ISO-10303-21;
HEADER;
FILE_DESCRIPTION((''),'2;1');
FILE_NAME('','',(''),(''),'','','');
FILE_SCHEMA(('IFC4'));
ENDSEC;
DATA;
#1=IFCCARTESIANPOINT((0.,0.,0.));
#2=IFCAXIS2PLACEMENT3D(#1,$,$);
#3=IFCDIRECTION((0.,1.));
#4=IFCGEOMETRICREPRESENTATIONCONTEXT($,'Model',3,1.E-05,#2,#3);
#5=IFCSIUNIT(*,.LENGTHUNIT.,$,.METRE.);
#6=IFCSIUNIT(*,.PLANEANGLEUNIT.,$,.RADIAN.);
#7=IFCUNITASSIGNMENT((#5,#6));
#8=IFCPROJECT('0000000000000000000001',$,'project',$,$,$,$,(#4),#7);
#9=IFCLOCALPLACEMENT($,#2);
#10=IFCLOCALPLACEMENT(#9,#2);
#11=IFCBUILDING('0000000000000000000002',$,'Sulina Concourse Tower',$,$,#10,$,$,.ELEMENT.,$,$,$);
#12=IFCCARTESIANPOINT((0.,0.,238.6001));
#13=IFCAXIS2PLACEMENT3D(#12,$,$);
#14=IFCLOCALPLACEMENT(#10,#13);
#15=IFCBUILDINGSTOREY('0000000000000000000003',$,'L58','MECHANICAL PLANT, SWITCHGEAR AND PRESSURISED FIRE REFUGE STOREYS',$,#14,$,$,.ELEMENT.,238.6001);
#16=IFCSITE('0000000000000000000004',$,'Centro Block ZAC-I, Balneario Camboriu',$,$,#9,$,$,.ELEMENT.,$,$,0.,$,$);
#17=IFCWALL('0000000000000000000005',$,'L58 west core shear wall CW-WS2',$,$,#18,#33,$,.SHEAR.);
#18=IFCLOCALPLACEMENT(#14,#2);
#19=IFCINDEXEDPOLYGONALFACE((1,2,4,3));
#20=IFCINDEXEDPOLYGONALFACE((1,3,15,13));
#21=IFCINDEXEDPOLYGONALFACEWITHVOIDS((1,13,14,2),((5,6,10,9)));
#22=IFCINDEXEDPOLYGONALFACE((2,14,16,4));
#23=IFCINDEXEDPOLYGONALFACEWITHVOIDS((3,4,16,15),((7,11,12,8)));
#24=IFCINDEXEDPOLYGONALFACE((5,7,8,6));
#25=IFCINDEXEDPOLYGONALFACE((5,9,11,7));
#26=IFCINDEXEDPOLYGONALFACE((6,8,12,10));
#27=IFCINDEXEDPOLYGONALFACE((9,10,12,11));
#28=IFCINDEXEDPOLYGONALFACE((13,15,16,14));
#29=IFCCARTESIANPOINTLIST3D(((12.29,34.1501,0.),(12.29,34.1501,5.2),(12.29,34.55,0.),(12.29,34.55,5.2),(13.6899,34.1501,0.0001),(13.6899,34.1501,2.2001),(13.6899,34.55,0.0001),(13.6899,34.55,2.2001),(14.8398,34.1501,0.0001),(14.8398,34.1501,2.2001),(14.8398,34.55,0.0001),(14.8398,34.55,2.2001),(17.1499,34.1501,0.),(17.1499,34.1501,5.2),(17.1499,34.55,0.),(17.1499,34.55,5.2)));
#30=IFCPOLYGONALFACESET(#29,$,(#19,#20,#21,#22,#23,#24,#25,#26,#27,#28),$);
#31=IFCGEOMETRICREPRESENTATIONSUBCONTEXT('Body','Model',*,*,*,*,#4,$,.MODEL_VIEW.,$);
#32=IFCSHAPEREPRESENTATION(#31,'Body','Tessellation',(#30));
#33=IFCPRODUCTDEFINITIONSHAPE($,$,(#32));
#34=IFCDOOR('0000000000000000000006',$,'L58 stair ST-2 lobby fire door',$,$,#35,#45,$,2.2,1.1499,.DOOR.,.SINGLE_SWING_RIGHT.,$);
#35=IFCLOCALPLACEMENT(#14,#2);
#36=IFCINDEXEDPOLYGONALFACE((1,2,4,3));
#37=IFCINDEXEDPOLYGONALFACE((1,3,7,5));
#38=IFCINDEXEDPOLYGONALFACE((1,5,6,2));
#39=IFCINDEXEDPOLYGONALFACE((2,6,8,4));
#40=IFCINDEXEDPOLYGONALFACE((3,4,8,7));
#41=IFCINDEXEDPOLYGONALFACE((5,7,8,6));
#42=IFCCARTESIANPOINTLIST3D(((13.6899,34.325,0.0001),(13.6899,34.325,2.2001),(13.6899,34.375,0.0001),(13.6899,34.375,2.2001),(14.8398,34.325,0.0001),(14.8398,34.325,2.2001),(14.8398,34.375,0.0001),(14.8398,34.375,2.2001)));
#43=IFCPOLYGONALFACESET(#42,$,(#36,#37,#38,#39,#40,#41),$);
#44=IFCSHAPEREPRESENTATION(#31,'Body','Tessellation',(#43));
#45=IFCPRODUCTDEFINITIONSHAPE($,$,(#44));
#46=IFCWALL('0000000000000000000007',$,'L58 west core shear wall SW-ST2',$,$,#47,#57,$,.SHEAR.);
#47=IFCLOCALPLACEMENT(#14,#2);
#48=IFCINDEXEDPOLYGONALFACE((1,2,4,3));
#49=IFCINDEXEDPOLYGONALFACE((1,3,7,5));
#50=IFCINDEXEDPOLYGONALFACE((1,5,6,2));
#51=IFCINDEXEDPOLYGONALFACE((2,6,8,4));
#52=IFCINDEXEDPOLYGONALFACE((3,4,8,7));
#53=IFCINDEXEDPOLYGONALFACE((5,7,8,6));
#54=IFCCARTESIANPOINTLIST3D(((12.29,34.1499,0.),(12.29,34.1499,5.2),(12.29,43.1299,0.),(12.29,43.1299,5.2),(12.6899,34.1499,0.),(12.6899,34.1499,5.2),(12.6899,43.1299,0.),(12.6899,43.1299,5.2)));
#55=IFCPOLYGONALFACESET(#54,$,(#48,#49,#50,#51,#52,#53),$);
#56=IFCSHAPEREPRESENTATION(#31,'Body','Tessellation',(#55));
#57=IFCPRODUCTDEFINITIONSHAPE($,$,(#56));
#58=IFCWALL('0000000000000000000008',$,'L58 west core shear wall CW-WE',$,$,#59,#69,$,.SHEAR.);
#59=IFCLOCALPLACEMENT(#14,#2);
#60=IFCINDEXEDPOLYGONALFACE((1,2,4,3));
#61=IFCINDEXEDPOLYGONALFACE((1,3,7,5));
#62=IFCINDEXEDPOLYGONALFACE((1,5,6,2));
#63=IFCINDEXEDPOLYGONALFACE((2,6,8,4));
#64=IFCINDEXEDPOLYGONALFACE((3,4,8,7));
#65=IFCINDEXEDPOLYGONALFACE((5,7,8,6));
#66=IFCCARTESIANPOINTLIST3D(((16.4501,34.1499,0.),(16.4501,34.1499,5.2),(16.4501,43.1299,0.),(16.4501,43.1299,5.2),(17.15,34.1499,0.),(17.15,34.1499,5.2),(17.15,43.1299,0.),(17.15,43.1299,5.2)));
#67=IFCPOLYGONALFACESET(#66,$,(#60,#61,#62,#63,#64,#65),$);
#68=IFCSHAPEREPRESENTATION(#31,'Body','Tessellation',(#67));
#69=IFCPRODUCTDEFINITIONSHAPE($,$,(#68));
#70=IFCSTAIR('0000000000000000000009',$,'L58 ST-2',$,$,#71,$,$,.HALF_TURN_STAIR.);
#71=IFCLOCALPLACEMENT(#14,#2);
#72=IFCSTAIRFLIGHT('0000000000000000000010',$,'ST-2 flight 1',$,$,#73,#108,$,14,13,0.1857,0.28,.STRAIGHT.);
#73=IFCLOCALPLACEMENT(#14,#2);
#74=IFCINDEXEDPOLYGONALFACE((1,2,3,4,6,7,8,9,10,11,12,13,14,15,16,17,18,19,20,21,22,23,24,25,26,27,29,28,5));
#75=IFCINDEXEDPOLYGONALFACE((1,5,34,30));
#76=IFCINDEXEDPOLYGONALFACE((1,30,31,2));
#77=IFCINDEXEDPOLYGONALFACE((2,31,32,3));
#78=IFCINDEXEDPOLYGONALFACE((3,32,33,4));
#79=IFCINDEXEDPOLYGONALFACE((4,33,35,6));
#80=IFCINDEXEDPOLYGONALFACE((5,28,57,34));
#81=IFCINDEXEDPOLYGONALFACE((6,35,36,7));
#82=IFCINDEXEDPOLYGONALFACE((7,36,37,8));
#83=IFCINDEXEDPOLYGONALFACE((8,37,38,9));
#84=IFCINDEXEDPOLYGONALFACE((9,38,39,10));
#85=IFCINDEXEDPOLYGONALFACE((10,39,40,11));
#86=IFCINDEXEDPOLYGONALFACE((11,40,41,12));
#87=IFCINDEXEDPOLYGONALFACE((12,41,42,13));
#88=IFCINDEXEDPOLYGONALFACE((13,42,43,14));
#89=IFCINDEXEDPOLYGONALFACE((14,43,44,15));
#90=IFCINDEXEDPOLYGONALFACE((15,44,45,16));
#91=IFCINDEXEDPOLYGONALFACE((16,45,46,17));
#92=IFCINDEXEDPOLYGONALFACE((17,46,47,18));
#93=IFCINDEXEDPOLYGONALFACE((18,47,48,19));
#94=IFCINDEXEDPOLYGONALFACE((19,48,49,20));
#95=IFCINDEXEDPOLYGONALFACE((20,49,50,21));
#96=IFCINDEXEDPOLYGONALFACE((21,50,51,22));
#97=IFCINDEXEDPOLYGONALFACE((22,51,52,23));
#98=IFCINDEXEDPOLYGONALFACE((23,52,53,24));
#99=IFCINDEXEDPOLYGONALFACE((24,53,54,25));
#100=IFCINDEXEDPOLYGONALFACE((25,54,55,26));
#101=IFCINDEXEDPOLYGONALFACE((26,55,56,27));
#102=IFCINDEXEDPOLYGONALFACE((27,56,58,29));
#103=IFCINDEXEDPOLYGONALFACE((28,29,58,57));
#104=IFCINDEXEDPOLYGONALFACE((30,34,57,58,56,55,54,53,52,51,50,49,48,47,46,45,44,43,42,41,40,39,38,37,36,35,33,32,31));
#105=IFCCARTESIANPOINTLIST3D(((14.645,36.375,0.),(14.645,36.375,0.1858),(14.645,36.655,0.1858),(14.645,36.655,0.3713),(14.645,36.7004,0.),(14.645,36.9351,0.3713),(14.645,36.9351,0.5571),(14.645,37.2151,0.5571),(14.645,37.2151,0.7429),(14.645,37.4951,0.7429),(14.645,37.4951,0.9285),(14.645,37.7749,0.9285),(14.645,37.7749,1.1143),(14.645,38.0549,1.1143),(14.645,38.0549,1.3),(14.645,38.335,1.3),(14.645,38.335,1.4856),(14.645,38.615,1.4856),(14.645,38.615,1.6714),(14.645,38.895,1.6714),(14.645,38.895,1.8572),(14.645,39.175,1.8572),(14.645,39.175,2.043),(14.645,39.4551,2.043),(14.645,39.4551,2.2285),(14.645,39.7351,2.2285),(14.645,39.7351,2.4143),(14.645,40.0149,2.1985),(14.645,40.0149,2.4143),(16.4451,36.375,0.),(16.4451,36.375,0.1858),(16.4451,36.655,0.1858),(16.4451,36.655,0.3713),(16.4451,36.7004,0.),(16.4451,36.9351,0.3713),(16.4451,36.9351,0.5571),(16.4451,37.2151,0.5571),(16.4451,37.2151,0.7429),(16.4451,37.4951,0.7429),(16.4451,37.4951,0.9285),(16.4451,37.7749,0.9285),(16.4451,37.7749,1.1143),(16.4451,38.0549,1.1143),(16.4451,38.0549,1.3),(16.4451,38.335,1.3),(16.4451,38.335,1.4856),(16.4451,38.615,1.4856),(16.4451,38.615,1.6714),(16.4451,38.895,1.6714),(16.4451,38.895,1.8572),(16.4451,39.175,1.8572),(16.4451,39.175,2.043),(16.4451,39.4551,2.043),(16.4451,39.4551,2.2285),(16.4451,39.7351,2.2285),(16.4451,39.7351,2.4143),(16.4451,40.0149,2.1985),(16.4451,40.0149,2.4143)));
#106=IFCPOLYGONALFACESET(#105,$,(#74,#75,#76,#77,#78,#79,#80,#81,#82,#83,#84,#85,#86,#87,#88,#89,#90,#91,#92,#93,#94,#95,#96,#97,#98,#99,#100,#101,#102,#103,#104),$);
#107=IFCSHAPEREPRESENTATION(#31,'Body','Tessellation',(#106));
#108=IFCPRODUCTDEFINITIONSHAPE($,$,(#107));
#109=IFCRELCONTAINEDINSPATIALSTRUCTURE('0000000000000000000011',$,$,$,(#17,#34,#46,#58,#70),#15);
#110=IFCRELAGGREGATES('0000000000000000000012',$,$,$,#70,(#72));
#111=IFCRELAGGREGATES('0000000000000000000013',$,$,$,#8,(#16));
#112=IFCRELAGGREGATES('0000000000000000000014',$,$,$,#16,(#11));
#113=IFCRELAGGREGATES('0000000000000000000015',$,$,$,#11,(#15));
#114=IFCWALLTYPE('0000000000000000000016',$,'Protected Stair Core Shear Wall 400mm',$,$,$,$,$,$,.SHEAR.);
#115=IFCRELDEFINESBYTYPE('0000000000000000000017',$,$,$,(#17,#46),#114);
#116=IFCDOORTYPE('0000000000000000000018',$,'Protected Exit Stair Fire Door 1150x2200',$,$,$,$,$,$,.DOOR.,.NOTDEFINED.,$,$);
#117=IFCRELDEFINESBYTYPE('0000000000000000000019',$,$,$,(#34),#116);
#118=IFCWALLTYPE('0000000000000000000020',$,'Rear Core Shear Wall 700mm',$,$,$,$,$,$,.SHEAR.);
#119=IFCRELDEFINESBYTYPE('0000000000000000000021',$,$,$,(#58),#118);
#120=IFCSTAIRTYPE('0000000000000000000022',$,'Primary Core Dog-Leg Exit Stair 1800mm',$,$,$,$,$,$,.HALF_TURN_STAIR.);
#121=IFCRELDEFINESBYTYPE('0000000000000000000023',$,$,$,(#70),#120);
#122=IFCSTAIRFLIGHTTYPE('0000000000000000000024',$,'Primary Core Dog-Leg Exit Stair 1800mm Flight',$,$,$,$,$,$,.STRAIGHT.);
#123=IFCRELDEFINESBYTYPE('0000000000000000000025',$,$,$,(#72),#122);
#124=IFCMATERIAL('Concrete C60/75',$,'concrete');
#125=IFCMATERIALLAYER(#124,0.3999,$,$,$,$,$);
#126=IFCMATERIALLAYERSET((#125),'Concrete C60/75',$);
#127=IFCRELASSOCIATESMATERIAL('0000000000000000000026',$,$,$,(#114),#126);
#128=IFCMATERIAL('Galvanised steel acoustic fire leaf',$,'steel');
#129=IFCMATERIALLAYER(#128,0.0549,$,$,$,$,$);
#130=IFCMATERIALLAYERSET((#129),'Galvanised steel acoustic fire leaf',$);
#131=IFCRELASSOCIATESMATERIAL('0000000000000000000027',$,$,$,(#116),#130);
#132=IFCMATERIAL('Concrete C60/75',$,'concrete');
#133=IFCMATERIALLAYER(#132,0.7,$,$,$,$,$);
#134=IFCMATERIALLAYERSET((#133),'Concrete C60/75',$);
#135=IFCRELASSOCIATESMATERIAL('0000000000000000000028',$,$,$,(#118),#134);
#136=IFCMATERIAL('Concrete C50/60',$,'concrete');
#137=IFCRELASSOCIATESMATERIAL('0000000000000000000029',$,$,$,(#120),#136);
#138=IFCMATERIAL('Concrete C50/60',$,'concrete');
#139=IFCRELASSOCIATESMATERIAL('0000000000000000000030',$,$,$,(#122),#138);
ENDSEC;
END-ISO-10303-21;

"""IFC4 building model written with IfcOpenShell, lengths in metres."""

from ifc_helpers import new_model, si_unit, direction, frame, frame_2d, origin, place, context, subcontext, project, spatial, polyline, rectangle, outline, extrude, material, layer, layer_set, type_object, element, fill, aggregate, save


model = new_model("IFC4")

# Units and contexts
model_context = context("Model", 3, precision=1e-05, world=origin(), true_north=direction((0.0, 1.0)))
body_context = subcontext(model_context, "Body", "Model", "MODEL_VIEW")
ifc_project = project(units=[si_unit("LENGTHUNIT", "METRE"), si_unit("PLANEANGLEUNIT", "RADIAN")], contexts=[model_context])

# Site, building, storey
site_placement = place(None, origin())
site = spatial("IfcSite", under=ifc_project, at=site_placement, Name="Centro Block ZAC-I, Balneario Camboriu", CompositionType="ELEMENT", RefElevation=0.0)
building_placement = place(site_placement, origin())
building = spatial("IfcBuilding", under=site, at=building_placement, Name="Sulina Concourse Tower", CompositionType="ELEMENT")
storey_placement = place(building_placement, frame((0.0, 0.0, 238.6001)))
storey = spatial("IfcBuildingStorey", under=building, at=storey_placement, Name="L58", Description="MECHANICAL PLANT, SWITCHGEAR AND PRESSURISED FIRE REFUGE STOREYS", CompositionType="ELEMENT", Elevation=238.6001)

# Wall, opening, door
ifc_material_1 = material(Name="Concrete C60/75", Category="concrete")
ifc_layer_1 = layer(ifc_material_1, 0.3999)
ifc_layer_set_1 = layer_set([ifc_layer_1], Name="Concrete C60/75")
wall_type_1 = type_object("IfcWallType", Name="Protected Stair Core Shear Wall 400mm", PredefinedType="SHEAR", material=ifc_layer_set_1)
wall_1_placement = place(storey_placement, frame((12.29, 34.3501, 0.0), z_axis=(0.0, 0.0, 1.0), x_axis=(1.0, 0.0, 0.0)))
wall_1 = element("IfcWall", 1, at=wall_1_placement, inside=storey, type_object=wall_type_1, Name="L58 west core shear wall CW-WS2", PredefinedType="SHEAR", context=body_context, shape_type="SweptSolid", body=[
    extrude(rectangle(XDim=4.8599, YDim=0.3999, at=frame_2d((2.4299, 0.0))), origin(), (0.0, 0.0, 1.0), 5.2),
])
opening_1_placement = place(wall_1_placement, frame((1.3999, 0.0, 0.0)))
opening_1 = element("IfcOpeningElement", 2, at=opening_1_placement, cuts=wall_1, PredefinedType="OPENING", context=body_context, shape_type="SweptSolid", body=[
    extrude(rectangle(XDim=1.1499, YDim=2.2, at=frame_2d((0.575, 1.1001))), frame((0.0, 0.21, 0.0), z_axis=(0.0, -1.0, 0.0), x_axis=(1.0, 0.0, 0.0)), (0.0, 0.0, 1.0), 0.4199),
])
ifc_material_2 = material(Name="Galvanised steel acoustic fire leaf", Category="steel")
ifc_layer_2 = layer(ifc_material_2, 0.0549)
ifc_layer_set_2 = layer_set([ifc_layer_2], Name="Galvanised steel acoustic fire leaf")
door_type_1 = type_object("IfcDoorType", Name="Protected Exit Stair Fire Door 1150x2200", OperationType="NOTDEFINED", PredefinedType="DOOR", material=ifc_layer_set_2)
door_1_placement = place(opening_1_placement, origin())
door_1 = element("IfcDoor", 3, at=door_1_placement, inside=storey, type_object=door_type_1, Name="L58 stair ST-2 lobby fire door", OperationType="SINGLE_SWING_RIGHT", OverallHeight=2.2, OverallWidth=1.1499, PredefinedType="DOOR", context=body_context, shape_type="SweptSolid", body=[
    extrude(rectangle(XDim=1.1499, YDim=2.2, at=frame_2d((0.575, 1.1001))), frame((0.0, 0.0249, 0.0), z_axis=(0.0, -1.0, 0.0), x_axis=(1.0, 0.0, 0.0)), (0.0, 0.0, 1.0), 0.05),
])
fill(opening_1, door_1)

# Walls
wall_2_placement = place(storey_placement, frame((12.49, 34.1499, 0.0), z_axis=(0.0, 0.0, 1.0), x_axis=(0.0, 1.0, 0.0)))
element("IfcWall", 4, at=wall_2_placement, inside=storey, type_object=wall_type_1, Name="L58 west core shear wall SW-ST2", PredefinedType="SHEAR", context=body_context, shape_type="SweptSolid", body=[
    extrude(rectangle(XDim=8.98, YDim=0.3999, at=frame_2d((4.49, 0.0))), origin(), (0.0, 0.0, 1.0), 5.2),
])
ifc_material_3 = material(Name="Concrete C60/75", Category="concrete")
ifc_layer_3 = layer(ifc_material_3, 0.7)
ifc_layer_set_3 = layer_set([ifc_layer_3], Name="Concrete C60/75")
wall_type_2 = type_object("IfcWallType", Name="Rear Core Shear Wall 700mm", PredefinedType="SHEAR", material=ifc_layer_set_3)
wall_3_placement = place(storey_placement, frame((16.8, 34.1499, 0.0), z_axis=(0.0, 0.0, 1.0), x_axis=(0.0, 1.0, 0.0)))
element("IfcWall", 5, at=wall_3_placement, inside=storey, type_object=wall_type_2, Name="L58 west core shear wall CW-WE", PredefinedType="SHEAR", context=body_context, shape_type="SweptSolid", body=[
    extrude(rectangle(XDim=8.98, YDim=0.7, at=frame_2d((4.49, 0.0))), origin(), (0.0, 0.0, 1.0), 5.2),
])

# Stair, stair flight
ifc_material_4 = material(Name="Concrete C50/60", Category="concrete")
stair_type = type_object("IfcStairType", Name="Primary Core Dog-Leg Exit Stair 1800mm", PredefinedType="HALF_TURN_STAIR", material=ifc_material_4)
stair_placement = place(storey_placement, origin())
stair = element("IfcStair", 6, at=stair_placement, inside=storey, type_object=stair_type, Name="L58 ST-2", PredefinedType="HALF_TURN_STAIR")
ifc_material_5 = material(Name="Concrete C50/60", Category="concrete")
stair_flight_type = type_object("IfcStairFlightType", Name="Primary Core Dog-Leg Exit Stair 1800mm Flight", PredefinedType="STRAIGHT", material=ifc_material_5)
stair_flight_placement = place(storey_placement, frame((15.5449, 36.375, 0.0), z_axis=(0.0, 0.0, 1.0), x_axis=(0.0, 1.0, 0.0)))
stair_flight = element("IfcStairFlight", 7, at=stair_flight_placement, type_object=stair_flight_type, Name="ST-2 flight 1", NumberOfRisers=14, NumberOfTreads=13, PredefinedType="STRAIGHT", RiserHeight=0.1857, TreadLength=0.28, context=body_context, shape_type="SweptSolid", body=[
    extrude(outline(polyline([(0.0, 0.0), (0.0, 0.1858), (0.28, 0.1858), (0.28, 0.3713), (0.5601, 0.3713), (0.5601, 0.5571), (0.8401, 0.5571), (0.8401, 0.7429), (1.1201, 0.7429), (1.1201, 0.9285), (1.3999, 0.9285), (1.3999, 1.1143), (1.6799, 1.1143), (1.6799, 1.3), (1.96, 1.3), (1.96, 1.4856), (2.24, 1.4856), (2.24, 1.6714), (2.52, 1.6714), (2.52, 1.8572), (2.8, 1.8572), (2.8, 2.043), (3.0801, 2.043), (3.0801, 2.2285), (3.3601, 2.2285), (3.3601, 2.4143), (3.6399, 2.4143), (3.6399, 2.6001), (3.6399, 2.1985), (0.3254, 0.0), (0.0, 0.0)])), frame((0.0, 0.8999, 0.0), z_axis=(0.0, -1.0, 0.0), x_axis=(1.0, 0.0, 0.0)), (0.0, 0.0, 1.0), 1.8),
])
aggregate(stair, [stair_flight])

save(model, "model.ifc")
